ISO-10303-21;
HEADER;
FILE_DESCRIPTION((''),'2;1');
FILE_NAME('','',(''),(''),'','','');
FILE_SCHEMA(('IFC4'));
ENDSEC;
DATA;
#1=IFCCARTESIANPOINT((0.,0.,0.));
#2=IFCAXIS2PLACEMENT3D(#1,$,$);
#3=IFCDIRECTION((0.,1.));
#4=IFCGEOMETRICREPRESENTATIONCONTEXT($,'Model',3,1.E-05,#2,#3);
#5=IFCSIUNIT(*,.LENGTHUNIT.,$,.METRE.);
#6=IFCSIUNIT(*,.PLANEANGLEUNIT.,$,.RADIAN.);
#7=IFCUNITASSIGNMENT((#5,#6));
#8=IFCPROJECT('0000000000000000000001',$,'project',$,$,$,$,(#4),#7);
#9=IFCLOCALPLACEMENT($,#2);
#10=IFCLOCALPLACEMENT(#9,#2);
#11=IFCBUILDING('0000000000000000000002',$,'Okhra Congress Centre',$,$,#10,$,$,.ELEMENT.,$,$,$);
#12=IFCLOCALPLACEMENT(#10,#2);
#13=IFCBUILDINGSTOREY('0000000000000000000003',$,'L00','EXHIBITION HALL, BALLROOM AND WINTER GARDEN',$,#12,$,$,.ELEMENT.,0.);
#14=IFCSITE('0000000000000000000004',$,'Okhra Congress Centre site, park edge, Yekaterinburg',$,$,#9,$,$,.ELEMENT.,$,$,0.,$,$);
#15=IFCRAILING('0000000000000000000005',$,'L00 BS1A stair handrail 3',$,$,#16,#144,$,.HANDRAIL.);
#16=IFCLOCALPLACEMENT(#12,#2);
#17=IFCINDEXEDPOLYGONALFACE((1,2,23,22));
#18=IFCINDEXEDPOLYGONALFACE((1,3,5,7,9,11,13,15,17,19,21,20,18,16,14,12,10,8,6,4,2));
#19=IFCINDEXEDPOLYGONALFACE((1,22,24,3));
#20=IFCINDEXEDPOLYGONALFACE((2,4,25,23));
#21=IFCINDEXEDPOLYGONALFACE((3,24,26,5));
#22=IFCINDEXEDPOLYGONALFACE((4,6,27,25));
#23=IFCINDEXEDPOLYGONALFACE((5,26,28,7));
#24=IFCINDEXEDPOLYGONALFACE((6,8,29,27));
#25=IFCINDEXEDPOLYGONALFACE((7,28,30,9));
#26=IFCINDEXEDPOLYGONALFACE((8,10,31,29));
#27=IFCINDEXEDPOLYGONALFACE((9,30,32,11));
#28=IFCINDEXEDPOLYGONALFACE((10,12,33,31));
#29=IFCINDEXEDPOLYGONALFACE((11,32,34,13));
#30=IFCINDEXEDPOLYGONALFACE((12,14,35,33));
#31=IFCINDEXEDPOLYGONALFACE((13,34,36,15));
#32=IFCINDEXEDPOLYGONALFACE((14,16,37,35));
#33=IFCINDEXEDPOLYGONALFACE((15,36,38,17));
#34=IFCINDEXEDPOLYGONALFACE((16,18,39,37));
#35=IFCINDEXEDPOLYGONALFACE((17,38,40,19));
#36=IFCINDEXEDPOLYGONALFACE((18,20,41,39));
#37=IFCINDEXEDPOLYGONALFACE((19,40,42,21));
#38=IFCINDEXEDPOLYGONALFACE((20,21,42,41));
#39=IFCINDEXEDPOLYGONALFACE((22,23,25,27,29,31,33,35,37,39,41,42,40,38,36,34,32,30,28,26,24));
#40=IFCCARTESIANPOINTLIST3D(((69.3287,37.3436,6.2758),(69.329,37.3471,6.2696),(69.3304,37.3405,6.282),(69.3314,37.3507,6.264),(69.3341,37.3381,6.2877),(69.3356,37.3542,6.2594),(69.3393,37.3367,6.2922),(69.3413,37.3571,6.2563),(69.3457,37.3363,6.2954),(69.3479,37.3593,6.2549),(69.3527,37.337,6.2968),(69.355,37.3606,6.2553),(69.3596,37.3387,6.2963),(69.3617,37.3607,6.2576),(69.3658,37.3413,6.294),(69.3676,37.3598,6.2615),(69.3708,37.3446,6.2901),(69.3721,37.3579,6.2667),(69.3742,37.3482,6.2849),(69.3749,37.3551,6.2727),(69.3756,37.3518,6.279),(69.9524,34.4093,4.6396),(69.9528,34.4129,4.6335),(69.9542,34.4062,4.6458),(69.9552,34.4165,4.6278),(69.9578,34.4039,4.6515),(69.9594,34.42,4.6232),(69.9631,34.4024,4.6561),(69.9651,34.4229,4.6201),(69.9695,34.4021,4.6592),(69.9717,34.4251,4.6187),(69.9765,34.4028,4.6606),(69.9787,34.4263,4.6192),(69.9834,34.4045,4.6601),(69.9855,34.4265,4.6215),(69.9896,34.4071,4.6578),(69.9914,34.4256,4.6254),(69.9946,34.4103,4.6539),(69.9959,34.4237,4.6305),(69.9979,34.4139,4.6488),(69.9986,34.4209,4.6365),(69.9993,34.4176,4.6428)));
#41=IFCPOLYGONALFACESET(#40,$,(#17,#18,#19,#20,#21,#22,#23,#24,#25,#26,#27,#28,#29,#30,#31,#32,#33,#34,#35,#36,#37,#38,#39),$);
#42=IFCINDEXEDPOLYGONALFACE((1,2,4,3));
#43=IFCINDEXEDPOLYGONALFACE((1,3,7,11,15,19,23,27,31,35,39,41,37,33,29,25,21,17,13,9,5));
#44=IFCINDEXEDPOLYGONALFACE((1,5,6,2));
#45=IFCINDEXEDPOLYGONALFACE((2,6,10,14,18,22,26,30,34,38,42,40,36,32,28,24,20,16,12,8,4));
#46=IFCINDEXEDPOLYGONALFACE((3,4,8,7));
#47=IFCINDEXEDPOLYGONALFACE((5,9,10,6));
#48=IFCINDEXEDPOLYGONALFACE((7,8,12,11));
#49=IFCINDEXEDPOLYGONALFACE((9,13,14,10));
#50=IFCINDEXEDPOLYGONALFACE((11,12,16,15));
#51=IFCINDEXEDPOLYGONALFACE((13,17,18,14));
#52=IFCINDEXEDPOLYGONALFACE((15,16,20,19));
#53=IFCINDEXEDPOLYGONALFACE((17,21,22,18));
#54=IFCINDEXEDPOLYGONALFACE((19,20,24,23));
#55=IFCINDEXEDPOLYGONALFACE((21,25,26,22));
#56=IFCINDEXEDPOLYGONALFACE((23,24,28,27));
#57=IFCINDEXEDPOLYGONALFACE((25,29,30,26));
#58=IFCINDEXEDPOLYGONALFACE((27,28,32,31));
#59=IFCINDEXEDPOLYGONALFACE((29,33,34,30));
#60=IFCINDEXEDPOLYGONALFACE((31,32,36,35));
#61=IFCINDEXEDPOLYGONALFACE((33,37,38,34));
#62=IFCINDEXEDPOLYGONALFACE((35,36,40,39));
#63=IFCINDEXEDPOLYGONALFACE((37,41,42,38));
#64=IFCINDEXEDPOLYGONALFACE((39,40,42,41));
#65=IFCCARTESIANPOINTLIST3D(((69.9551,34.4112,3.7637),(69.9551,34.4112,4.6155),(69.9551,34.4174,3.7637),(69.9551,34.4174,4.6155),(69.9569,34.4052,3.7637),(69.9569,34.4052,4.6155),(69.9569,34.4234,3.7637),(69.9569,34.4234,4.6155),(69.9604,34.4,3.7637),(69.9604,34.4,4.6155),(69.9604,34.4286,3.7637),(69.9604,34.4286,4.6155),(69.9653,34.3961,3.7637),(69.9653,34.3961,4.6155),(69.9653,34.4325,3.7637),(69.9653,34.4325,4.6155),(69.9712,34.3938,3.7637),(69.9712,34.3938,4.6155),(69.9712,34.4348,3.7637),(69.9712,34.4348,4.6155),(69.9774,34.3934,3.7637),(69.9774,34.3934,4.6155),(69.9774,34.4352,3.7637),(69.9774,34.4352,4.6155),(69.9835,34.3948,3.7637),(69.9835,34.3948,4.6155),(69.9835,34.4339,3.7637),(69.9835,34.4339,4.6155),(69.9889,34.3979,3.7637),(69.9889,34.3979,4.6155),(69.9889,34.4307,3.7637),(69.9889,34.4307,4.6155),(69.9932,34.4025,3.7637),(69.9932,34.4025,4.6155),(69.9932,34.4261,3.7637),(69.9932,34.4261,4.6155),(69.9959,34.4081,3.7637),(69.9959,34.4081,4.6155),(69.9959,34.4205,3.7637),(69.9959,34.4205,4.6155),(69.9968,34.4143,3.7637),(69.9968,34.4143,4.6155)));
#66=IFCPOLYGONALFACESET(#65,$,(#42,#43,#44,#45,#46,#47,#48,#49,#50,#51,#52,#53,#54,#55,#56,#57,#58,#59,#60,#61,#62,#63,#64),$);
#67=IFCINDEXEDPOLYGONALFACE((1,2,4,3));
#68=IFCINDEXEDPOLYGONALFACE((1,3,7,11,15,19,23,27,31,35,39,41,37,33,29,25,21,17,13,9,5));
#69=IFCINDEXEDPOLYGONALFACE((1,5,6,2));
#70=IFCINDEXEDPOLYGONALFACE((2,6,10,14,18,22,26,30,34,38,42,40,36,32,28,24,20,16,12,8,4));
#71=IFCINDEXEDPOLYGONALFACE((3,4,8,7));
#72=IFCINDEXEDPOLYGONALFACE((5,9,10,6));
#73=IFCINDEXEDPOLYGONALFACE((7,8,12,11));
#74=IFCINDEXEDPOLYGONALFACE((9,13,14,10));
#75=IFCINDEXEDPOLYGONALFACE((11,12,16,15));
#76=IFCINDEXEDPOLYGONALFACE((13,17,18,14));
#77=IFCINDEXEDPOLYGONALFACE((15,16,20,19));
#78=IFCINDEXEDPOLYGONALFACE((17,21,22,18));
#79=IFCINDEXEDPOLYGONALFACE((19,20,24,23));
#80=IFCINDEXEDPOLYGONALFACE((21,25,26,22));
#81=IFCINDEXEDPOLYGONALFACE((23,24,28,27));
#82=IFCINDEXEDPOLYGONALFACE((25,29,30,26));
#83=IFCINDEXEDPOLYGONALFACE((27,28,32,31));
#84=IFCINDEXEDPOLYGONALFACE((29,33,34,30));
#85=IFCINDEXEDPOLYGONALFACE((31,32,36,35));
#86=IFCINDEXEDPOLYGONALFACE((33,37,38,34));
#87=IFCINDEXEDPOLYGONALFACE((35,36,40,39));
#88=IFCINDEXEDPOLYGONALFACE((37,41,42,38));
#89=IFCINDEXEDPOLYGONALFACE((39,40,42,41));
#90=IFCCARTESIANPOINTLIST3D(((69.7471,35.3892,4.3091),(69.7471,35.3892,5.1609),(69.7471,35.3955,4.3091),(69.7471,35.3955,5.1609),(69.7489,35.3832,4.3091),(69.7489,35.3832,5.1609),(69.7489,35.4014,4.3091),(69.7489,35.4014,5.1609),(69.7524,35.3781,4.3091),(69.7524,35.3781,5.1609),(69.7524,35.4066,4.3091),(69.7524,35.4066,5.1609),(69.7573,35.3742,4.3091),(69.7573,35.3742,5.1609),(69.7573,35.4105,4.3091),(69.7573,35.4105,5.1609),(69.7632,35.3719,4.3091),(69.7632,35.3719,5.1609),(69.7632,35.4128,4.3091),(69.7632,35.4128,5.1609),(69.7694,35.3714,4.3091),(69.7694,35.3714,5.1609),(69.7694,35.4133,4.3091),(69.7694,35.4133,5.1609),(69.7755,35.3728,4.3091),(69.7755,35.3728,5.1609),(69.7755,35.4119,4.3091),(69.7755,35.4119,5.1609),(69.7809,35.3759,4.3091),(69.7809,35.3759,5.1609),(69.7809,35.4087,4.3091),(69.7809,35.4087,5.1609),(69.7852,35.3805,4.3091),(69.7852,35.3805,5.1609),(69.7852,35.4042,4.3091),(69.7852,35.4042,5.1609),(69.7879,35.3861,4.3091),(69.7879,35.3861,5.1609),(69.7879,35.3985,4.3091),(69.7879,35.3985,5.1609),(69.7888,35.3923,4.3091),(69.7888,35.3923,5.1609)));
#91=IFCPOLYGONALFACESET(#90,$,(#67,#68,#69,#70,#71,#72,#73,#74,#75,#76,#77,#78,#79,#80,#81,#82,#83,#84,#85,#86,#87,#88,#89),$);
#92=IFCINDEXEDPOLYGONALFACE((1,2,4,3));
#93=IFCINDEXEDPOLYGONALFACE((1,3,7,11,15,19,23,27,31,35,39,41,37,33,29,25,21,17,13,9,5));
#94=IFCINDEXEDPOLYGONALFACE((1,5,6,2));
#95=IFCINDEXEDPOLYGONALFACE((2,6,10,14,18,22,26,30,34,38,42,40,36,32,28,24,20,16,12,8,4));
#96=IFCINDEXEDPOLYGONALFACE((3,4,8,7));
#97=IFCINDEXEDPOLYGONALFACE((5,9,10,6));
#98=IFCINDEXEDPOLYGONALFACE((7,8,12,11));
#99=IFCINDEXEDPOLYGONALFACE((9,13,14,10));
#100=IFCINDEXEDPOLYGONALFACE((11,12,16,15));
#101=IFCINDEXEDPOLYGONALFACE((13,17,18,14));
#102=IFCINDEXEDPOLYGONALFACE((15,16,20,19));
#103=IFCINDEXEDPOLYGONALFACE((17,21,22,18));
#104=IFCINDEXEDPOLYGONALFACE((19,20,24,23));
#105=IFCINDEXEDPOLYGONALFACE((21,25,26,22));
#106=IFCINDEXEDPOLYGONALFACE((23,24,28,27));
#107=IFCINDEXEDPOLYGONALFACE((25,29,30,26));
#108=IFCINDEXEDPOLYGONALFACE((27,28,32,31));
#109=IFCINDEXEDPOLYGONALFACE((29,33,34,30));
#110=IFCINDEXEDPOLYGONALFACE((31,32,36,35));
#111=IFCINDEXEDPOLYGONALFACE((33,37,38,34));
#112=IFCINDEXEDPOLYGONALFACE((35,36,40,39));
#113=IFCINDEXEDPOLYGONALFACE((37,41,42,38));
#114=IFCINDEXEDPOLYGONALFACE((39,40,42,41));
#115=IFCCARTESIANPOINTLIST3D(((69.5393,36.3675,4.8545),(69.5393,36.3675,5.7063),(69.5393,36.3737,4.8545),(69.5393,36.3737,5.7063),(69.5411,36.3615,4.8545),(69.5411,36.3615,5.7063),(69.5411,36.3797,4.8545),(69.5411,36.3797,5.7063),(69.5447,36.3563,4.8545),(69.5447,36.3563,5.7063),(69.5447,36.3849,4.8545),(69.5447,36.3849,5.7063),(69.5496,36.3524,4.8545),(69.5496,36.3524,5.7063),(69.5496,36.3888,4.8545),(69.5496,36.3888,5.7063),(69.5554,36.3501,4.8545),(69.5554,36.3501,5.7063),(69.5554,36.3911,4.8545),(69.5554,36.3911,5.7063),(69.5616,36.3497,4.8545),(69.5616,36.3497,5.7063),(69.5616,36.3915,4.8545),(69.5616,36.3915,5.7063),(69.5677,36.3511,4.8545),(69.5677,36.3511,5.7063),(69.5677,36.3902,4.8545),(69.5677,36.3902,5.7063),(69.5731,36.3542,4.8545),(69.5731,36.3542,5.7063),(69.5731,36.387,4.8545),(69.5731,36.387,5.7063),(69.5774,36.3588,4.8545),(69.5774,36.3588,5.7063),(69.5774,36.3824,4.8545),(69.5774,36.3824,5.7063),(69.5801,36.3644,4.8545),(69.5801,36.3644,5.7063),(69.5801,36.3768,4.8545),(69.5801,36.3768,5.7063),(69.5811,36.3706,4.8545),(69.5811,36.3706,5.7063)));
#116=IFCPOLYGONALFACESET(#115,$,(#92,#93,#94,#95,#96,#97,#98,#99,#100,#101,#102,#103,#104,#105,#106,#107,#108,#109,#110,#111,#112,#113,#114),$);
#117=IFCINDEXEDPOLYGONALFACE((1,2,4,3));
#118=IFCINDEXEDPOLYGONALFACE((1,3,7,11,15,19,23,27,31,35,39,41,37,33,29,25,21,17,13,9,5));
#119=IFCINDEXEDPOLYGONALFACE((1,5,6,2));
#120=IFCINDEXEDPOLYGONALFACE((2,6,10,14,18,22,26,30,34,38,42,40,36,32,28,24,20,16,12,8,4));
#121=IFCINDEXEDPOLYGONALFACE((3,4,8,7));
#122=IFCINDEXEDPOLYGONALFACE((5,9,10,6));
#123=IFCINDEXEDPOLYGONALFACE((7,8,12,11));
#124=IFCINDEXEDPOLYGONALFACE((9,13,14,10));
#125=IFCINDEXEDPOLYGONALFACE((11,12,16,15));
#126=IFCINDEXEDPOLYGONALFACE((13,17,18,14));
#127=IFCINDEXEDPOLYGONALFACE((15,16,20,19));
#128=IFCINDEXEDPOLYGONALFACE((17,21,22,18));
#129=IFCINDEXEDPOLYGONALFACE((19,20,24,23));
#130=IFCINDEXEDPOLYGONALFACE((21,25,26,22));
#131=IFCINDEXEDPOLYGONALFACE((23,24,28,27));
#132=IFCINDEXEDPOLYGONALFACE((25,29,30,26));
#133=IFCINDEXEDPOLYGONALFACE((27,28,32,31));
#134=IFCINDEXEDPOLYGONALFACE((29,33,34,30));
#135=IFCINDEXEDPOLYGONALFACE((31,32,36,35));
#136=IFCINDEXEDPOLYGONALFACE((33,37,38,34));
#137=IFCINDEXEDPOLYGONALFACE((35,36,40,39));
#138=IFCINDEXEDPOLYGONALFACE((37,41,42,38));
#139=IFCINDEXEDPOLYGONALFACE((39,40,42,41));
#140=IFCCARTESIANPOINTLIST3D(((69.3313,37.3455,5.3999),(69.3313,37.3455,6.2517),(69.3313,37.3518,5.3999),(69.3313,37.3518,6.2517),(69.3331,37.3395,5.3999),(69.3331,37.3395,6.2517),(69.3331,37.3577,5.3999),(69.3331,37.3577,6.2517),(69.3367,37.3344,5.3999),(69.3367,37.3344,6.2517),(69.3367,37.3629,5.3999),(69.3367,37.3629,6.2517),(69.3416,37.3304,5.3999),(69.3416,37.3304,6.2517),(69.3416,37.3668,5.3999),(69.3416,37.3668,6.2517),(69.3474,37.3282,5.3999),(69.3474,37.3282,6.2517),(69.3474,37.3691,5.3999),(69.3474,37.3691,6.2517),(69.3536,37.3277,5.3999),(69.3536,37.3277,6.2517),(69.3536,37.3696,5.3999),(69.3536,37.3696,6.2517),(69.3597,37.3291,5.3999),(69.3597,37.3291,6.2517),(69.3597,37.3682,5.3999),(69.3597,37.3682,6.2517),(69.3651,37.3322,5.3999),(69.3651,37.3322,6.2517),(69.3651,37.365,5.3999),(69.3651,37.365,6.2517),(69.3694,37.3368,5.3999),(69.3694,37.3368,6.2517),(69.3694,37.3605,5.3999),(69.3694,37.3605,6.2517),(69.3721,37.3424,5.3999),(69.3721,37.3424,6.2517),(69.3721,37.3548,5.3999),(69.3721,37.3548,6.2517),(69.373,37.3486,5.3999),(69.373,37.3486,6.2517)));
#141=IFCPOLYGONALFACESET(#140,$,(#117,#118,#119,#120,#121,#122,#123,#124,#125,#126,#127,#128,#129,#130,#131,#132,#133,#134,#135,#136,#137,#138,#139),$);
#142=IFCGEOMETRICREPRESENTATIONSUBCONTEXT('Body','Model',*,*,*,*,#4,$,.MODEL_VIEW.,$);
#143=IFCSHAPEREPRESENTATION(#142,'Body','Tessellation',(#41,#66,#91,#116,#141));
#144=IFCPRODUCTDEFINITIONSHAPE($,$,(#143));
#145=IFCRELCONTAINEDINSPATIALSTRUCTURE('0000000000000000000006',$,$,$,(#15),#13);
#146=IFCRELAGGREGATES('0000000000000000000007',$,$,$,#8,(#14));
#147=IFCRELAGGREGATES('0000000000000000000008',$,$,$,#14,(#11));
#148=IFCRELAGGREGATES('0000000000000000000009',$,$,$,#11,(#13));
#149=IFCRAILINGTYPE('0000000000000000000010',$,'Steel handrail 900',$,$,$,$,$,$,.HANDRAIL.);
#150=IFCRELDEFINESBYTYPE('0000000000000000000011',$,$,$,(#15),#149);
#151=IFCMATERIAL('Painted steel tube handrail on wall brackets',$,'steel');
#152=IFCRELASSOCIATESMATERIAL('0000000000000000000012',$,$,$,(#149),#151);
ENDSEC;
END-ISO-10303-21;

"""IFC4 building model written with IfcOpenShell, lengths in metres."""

from ifc_helpers import new_model, si_unit, direction, frame, origin, origin_2d, place, context, subcontext, project, spatial, circle, extrude, material, type_object, element, save


model = new_model("IFC4")

# Units and contexts
model_context = context("Model", 3, precision=1e-05, world=origin(), true_north=direction((0.0, 1.0)))
body_context = subcontext(model_context, "Body", "Model", "MODEL_VIEW")
ifc_project = project(units=[si_unit("LENGTHUNIT", "METRE"), si_unit("PLANEANGLEUNIT", "RADIAN")], contexts=[model_context])

# Site, building, storey
site_placement = place(None, origin())
site = spatial("IfcSite", under=ifc_project, at=site_placement, Name="Okhra Congress Centre site, park edge, Yekaterinburg", CompositionType="ELEMENT", RefElevation=0.0)
building_placement = place(site_placement, origin())
building = spatial("IfcBuilding", under=site, at=building_placement, Name="Okhra Congress Centre", CompositionType="ELEMENT")
storey_placement = place(building_placement, origin())
storey = spatial("IfcBuildingStorey", under=building, at=storey_placement, Name="L00", Description="EXHIBITION HALL, BALLROOM AND WINTER GARDEN", CompositionType="ELEMENT", Elevation=0.0)

# Railing
ifc_material_1 = material(Name="Painted steel tube handrail on wall brackets", Category="steel")
railing_type_1 = type_object("IfcRailingType", Name="Steel handrail 900", PredefinedType="HANDRAIL", material=ifc_material_1)
railing_1_placement = place(storey_placement, frame((69.9758, 34.4143, 3.7637)))
element("IfcRailing", 1, at=railing_1_placement, inside=storey, type_object=railing_type_1, Name="L00 BS1A stair handrail 3", PredefinedType="HANDRAIL", context=body_context, shape_type="SweptSolid", body=[
    extrude(circle(Radius=0.0239, at=origin_2d()), frame((0.0, 0.0, 0.876), z_axis=(-0.182546, 0.858716, 0.478835), x_axis=(-0.978143, -0.207934, 0.0)), (0.0, 0.0, 1.0), 3.417),
    extrude(circle(Radius=0.021, at=origin_2d()), origin(), (0.0, 0.0, 1.0), 0.8518),
    extrude(circle(Radius=0.021, at=origin_2d()), frame((-0.208, 0.978, 0.5454)), (0.0, 0.0, 1.0), 0.8518),
    extrude(circle(Radius=0.021, at=origin_2d()), frame((-0.4158, 1.9563, 1.0908)), (0.0, 0.0, 1.0), 0.8518),
    extrude(circle(Radius=0.021, at=origin_2d()), frame((-0.6238, 2.9343, 1.6362)), (0.0, 0.0, 1.0), 0.8518),
])

save(model, "model.ifc")
